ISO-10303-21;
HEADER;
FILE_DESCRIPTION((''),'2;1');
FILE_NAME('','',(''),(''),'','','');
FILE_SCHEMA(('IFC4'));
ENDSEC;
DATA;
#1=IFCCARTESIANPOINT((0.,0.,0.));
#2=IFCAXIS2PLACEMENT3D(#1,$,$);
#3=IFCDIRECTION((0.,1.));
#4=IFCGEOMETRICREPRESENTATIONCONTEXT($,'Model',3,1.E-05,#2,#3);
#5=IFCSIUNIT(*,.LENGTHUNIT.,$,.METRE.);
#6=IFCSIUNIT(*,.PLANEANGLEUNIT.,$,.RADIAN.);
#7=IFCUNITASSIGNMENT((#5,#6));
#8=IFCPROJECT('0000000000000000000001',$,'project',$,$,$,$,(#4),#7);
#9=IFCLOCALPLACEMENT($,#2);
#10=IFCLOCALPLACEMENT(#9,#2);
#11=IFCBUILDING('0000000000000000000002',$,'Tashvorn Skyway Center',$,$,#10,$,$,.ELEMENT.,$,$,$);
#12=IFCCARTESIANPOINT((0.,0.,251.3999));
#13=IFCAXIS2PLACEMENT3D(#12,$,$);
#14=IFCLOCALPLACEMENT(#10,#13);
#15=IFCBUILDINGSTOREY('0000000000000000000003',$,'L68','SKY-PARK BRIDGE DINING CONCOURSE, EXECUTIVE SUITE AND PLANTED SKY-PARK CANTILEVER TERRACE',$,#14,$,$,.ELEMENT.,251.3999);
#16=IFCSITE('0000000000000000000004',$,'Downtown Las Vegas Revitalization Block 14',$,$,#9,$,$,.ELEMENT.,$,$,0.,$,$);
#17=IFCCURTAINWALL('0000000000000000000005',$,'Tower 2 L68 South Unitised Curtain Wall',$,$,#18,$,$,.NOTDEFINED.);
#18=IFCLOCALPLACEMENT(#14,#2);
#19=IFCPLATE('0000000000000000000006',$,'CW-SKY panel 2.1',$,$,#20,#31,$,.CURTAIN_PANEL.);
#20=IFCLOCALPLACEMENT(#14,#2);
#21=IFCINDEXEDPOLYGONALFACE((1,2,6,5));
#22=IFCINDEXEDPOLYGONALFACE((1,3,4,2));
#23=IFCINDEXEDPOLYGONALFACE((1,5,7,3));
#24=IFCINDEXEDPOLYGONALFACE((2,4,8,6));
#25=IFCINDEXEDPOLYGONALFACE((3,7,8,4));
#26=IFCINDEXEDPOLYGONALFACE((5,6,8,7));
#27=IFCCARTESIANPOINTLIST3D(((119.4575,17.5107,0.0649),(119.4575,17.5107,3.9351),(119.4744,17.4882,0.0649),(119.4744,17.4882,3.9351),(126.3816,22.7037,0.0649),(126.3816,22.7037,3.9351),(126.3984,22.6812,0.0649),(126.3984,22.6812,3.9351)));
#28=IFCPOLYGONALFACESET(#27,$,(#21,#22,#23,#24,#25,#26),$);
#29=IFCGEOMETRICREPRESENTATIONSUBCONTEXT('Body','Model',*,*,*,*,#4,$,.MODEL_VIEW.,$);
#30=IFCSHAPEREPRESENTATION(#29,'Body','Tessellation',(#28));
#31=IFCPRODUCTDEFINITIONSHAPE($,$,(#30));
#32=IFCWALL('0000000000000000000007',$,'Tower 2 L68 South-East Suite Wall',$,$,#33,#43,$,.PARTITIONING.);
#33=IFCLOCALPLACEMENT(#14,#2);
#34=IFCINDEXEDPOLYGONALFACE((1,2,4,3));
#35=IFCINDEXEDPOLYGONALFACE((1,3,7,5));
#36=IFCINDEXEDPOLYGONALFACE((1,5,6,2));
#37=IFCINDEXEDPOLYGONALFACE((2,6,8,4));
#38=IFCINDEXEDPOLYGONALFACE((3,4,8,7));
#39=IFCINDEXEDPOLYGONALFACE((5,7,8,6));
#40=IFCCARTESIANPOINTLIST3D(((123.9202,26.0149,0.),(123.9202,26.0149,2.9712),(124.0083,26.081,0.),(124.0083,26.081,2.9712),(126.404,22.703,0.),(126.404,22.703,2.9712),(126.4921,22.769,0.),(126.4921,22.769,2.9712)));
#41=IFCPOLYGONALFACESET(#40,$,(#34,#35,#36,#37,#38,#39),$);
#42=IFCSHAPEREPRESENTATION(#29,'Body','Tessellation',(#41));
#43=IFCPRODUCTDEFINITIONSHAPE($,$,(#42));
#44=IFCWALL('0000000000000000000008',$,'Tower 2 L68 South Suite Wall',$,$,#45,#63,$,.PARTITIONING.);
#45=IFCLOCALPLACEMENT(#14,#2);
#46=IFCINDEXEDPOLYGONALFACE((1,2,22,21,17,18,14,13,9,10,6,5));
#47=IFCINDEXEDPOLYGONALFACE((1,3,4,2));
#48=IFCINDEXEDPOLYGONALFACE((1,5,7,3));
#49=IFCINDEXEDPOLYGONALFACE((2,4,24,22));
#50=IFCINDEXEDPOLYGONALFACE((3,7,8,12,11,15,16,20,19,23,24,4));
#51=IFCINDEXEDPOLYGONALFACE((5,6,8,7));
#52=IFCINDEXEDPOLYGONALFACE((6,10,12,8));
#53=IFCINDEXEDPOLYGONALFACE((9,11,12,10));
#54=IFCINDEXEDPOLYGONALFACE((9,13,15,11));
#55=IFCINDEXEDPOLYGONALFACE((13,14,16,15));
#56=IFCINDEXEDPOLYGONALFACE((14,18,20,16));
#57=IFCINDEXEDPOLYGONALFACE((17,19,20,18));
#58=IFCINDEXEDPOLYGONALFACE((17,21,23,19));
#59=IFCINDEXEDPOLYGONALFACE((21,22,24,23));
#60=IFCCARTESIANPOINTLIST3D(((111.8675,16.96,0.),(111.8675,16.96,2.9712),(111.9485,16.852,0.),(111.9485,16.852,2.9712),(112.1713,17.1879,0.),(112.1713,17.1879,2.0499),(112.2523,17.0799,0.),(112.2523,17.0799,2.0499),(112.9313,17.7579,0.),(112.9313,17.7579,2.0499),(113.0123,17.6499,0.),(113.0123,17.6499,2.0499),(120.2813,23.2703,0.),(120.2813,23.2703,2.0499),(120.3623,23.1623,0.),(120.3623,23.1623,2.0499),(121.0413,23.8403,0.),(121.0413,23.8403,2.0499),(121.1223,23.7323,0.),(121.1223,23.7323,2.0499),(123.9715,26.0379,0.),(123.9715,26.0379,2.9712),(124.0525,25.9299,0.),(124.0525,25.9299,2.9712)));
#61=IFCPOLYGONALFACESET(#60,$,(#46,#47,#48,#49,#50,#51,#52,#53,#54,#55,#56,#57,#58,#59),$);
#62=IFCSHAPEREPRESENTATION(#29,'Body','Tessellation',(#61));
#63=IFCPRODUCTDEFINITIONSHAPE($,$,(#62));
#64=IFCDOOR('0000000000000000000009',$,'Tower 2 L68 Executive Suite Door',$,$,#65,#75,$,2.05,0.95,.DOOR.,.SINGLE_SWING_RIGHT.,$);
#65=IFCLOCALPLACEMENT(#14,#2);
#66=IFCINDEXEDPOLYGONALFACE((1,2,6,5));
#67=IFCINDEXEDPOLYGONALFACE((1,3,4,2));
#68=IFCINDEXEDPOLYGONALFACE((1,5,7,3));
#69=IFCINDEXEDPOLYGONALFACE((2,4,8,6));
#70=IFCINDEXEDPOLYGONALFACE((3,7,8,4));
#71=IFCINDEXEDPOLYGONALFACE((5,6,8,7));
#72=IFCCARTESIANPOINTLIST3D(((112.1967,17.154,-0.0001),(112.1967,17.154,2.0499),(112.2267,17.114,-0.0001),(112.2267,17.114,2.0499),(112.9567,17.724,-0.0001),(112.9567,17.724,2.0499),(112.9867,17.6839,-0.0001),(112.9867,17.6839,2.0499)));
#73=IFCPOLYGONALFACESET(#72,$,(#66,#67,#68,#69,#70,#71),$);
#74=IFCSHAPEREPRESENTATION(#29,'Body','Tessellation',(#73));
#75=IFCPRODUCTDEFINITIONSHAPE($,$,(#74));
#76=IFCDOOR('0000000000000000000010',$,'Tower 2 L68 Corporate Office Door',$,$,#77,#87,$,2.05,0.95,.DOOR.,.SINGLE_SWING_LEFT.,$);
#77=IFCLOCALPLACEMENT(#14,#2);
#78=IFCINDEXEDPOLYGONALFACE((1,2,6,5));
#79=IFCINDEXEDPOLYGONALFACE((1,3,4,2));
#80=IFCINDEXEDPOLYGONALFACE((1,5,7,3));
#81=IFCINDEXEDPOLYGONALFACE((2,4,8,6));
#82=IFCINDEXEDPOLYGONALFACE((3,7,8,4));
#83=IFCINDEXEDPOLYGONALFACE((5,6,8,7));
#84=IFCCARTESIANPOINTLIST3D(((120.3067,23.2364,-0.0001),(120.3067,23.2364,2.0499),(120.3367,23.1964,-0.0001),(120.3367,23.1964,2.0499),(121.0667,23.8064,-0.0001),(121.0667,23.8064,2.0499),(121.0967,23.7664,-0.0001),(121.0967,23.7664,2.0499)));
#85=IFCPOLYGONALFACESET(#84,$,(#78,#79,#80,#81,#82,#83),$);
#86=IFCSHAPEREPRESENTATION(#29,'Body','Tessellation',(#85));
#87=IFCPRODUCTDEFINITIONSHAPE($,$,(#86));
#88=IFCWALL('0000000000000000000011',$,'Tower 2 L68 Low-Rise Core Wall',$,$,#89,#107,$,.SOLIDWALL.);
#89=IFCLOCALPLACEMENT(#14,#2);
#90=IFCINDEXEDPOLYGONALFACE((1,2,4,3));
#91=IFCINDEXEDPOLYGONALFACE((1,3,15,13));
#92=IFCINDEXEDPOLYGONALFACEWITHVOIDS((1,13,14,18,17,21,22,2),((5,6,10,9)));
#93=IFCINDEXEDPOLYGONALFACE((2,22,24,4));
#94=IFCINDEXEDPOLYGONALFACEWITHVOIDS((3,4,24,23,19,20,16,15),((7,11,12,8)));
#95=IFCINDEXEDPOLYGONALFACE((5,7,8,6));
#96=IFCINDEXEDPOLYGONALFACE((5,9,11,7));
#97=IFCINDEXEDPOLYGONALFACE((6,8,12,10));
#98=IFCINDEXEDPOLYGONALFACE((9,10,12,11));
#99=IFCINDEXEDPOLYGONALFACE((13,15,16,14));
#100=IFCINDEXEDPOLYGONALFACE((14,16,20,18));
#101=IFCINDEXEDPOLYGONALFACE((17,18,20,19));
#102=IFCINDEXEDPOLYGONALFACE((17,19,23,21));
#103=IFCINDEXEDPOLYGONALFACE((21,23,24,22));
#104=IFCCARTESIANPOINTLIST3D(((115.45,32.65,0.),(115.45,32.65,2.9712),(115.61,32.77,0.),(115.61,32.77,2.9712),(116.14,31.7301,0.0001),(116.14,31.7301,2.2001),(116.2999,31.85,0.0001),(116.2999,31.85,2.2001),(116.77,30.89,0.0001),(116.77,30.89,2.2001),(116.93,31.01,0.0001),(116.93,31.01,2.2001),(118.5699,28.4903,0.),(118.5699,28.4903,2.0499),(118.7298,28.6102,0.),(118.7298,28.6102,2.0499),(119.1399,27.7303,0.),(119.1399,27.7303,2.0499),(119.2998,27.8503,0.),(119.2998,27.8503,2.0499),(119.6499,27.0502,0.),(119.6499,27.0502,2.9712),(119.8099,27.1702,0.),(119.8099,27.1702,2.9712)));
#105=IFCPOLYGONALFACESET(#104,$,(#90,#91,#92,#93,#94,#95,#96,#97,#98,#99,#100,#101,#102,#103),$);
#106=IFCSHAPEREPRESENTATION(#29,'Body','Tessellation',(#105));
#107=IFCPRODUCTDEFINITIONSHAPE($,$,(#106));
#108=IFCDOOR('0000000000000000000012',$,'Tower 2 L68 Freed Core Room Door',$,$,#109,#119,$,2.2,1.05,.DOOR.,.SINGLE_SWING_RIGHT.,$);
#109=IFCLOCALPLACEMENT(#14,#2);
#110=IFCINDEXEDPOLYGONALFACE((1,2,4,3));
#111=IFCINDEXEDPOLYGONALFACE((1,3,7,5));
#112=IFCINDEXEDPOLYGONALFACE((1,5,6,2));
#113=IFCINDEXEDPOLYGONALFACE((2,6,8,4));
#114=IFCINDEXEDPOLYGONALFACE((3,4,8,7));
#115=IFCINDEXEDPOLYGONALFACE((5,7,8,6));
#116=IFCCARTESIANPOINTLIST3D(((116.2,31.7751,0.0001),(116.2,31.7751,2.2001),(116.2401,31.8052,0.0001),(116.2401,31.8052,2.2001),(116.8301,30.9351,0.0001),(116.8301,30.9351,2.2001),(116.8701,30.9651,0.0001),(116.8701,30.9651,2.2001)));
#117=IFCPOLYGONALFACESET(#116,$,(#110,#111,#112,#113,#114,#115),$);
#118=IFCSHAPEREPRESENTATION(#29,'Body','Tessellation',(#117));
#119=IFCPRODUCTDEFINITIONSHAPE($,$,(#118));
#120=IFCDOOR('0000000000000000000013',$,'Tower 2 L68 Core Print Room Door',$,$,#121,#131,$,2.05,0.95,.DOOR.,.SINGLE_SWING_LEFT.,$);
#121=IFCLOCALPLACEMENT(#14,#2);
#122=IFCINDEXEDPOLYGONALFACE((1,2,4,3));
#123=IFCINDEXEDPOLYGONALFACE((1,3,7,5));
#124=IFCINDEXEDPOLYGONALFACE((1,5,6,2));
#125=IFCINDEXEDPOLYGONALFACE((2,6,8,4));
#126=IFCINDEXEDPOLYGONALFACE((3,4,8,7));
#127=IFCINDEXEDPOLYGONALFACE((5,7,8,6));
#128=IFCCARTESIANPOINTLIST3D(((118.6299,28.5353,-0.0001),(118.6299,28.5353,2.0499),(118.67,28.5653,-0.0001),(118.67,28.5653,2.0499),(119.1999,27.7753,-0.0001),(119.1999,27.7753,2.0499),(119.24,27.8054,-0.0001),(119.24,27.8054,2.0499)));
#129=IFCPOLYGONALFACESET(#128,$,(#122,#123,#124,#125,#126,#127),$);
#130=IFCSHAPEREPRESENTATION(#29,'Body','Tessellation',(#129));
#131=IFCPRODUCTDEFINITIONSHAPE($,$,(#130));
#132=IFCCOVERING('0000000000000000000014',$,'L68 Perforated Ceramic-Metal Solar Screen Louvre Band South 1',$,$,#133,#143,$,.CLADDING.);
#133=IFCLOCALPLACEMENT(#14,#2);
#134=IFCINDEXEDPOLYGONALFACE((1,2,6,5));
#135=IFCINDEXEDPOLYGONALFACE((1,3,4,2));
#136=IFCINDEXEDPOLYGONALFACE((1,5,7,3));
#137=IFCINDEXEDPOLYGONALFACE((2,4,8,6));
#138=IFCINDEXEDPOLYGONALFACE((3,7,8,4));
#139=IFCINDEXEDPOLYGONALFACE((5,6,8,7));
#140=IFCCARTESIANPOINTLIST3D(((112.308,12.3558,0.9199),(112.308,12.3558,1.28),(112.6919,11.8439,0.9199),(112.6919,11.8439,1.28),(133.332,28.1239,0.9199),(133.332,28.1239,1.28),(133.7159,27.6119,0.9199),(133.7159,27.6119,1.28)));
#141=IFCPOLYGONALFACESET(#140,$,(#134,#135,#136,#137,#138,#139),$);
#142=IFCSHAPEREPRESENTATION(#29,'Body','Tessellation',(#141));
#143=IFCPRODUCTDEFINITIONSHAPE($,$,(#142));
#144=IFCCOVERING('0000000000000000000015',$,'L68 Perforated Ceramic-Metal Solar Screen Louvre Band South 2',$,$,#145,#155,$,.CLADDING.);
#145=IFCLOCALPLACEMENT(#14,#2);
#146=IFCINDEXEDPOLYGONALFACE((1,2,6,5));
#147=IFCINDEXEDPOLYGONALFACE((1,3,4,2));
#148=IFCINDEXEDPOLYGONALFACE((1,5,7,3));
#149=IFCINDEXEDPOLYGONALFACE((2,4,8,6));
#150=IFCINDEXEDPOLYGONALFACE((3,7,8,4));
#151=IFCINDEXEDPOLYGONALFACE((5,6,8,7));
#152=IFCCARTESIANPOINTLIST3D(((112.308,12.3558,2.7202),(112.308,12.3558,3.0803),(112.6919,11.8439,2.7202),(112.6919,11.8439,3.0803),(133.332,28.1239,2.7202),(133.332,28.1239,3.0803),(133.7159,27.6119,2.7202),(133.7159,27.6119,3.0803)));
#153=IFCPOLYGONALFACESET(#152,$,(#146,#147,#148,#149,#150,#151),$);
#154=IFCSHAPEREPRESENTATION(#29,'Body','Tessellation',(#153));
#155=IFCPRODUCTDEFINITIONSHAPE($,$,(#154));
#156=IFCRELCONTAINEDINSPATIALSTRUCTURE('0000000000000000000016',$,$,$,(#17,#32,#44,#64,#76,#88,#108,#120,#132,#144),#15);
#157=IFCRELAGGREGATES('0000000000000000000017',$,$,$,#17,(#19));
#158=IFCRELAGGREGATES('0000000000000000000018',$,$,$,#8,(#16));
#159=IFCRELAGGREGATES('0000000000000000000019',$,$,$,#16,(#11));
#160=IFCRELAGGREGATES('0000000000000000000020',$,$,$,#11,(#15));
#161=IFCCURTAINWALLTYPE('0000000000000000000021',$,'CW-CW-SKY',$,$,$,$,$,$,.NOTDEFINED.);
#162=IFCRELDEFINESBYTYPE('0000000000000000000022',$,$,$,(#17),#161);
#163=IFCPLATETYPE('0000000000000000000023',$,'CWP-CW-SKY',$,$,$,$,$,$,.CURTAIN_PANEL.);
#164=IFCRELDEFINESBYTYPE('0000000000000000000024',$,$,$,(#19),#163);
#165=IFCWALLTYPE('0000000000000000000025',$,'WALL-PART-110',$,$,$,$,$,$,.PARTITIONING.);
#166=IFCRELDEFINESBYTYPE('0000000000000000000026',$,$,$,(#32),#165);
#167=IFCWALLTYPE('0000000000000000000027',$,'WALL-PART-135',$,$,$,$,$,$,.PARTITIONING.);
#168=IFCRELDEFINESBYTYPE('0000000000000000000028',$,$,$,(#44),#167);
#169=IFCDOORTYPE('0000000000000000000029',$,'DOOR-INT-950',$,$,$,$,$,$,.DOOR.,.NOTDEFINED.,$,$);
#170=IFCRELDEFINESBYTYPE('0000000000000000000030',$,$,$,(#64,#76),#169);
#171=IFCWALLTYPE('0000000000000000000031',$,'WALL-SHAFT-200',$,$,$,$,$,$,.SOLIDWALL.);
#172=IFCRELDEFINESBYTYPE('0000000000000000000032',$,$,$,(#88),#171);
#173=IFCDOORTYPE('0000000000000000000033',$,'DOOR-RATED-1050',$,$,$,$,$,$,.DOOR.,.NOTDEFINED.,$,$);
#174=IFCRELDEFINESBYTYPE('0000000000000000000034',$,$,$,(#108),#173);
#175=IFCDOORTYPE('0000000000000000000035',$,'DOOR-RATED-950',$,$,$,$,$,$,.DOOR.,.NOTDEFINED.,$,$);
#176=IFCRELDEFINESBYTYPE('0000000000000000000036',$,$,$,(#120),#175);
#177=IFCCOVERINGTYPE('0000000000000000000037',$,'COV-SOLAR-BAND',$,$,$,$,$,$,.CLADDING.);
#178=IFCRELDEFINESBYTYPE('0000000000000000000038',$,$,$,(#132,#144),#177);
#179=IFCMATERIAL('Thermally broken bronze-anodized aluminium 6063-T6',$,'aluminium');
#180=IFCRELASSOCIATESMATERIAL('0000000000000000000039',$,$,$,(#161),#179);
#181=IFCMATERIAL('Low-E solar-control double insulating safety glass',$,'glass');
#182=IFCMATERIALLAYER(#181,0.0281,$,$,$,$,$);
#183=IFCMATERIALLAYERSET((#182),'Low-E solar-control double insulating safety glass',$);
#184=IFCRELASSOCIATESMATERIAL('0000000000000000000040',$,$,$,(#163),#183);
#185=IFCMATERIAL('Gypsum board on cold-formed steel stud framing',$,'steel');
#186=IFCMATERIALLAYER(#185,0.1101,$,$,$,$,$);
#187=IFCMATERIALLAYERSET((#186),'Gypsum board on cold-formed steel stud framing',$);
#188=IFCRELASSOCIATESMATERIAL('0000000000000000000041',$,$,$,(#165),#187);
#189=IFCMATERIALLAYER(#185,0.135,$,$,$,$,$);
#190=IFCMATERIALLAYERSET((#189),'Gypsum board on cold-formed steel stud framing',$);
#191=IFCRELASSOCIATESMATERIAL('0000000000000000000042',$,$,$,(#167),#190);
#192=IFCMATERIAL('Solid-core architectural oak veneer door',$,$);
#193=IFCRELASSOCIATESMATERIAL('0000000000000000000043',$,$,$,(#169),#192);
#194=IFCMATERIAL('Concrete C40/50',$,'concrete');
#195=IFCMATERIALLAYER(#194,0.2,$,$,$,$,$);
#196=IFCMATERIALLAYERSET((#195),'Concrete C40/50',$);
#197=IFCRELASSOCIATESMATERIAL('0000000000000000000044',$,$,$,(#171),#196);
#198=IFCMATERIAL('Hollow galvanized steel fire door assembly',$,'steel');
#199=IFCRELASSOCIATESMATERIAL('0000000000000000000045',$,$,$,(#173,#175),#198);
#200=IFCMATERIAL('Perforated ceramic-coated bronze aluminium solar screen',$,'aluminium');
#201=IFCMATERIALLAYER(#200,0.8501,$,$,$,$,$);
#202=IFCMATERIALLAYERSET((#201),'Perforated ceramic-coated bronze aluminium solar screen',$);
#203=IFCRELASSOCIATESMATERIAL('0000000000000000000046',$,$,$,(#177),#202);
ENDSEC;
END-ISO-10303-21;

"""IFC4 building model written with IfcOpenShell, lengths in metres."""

from ifc_helpers import new_model, si_unit, direction, frame, frame_2d, origin, origin_2d, place, context, subcontext, project, spatial, rectangle, extrude, material, layer, layer_set, type_object, element, fill, aggregate, save


model = new_model("IFC4")

# Units and contexts
model_context = context("Model", 3, precision=1e-05, world=origin(), true_north=direction((0.0, 1.0)))
body_context = subcontext(model_context, "Body", "Model", "MODEL_VIEW")
ifc_project = project(units=[si_unit("LENGTHUNIT", "METRE"), si_unit("PLANEANGLEUNIT", "RADIAN")], contexts=[model_context])

# Site, building, storey
site_placement = place(None, origin())
site = spatial("IfcSite", under=ifc_project, at=site_placement, Name="Downtown Las Vegas Revitalization Block 14", CompositionType="ELEMENT", RefElevation=0.0)
building_placement = place(site_placement, origin())
building = spatial("IfcBuilding", under=site, at=building_placement, Name="Tashvorn Skyway Center", CompositionType="ELEMENT")
storey_placement = place(building_placement, frame((0.0, 0.0, 251.3999)))
storey = spatial("IfcBuildingStorey", under=building, at=storey_placement, Name="L68", Description="SKY-PARK BRIDGE DINING CONCOURSE, EXECUTIVE SUITE AND PLANTED SKY-PARK CANTILEVER TERRACE", CompositionType="ELEMENT", Elevation=251.3999)

# Curtain wall, plate
ifc_material_1 = material(Name="Thermally broken bronze-anodized aluminium 6063-T6", Category="aluminium")
curtain_wall_type = type_object("IfcCurtainWallType", Name="CW-CW-SKY", PredefinedType="NOTDEFINED", material=ifc_material_1)
curtain_wall_placement = place(storey_placement, origin())
curtain_wall = element("IfcCurtainWall", 1, at=curtain_wall_placement, inside=storey, type_object=curtain_wall_type, Name="Tower 2 L68 South Unitised Curtain Wall", PredefinedType="NOTDEFINED")
ifc_material_2 = material(Name="Low-E solar-control double insulating safety glass", Category="glass")
ifc_layer_1 = layer(ifc_material_2, 0.0281)
ifc_layer_set_1 = layer_set([ifc_layer_1], Name="Low-E solar-control double insulating safety glass")
plate_type = type_object("IfcPlateType", Name="CWP-CW-SKY", PredefinedType="CURTAIN_PANEL", material=ifc_layer_set_1)
plate_1_placement = place(storey_placement, frame((122.928, 20.0959, 0.0649), z_axis=(0.0, 0.0, 1.0), x_axis=(-0.8, -0.6, 0.0)))
plate_1 = element("IfcPlate", 2, at=plate_1_placement, type_object=plate_type, Name="CW-SKY panel 2.1", PredefinedType="CURTAIN_PANEL", context=body_context, shape_type="SweptSolid", body=[
    extrude(rectangle(XDim=8.655, YDim=0.0281, at=origin_2d()), origin(), (0.0, 0.0, 1.0), 3.8701),
])
aggregate(curtain_wall, [plate_1])

# Wall
ifc_material_3 = material(Name="Gypsum board on cold-formed steel stud framing", Category="steel")
ifc_layer_2 = layer(ifc_material_3, 0.1101)
ifc_layer_set_2 = layer_set([ifc_layer_2], Name="Gypsum board on cold-formed steel stud framing")
wall_type_1 = type_object("IfcWallType", Name="WALL-PART-110", PredefinedType="PARTITIONING", material=ifc_layer_set_2)
wall_1_placement = place(storey_placement, frame((126.448, 22.7361, 0.0), z_axis=(0.0, 0.0, 1.0), x_axis=(-0.599981, 0.800014, 0.0)))
element("IfcWall", 3, at=wall_1_placement, inside=storey, type_object=wall_type_1, Name="Tower 2 L68 South-East Suite Wall", PredefinedType="PARTITIONING", context=body_context, shape_type="SweptSolid", body=[
    extrude(rectangle(XDim=4.1399, YDim=0.1101, at=frame_2d((2.0698, 0.0))), origin(), (0.0, 0.0, 1.0), 2.9712),
])

# Walls, openings, doors
ifc_layer_3 = layer(ifc_material_3, 0.135)
ifc_layer_set_3 = layer_set([ifc_layer_3], Name="Gypsum board on cold-formed steel stud framing")
wall_type_2 = type_object("IfcWallType", Name="WALL-PART-135", PredefinedType="PARTITIONING", material=ifc_layer_set_3)
wall_2_placement = place(storey_placement, frame((124.012, 25.9839, 0.0), z_axis=(0.0, 0.0, 1.0), x_axis=(-0.800004, -0.599995, 0.0)))
wall_2 = element("IfcWall", 4, at=wall_2_placement, inside=storey, type_object=wall_type_2, Name="Tower 2 L68 South Suite Wall", PredefinedType="PARTITIONING", context=body_context, shape_type="SweptSolid", body=[
    extrude(rectangle(XDim=15.1299, YDim=0.135, at=frame_2d((7.5649, 0.0))), origin(), (0.0, 0.0, 1.0), 2.9712),
])
opening_1_placement = place(wall_2_placement, frame((13.8, 0.0, 0.0)))
opening_1 = element("IfcOpeningElement", 5, at=opening_1_placement, cuts=wall_2, PredefinedType="OPENING", context=body_context, shape_type="SweptSolid", body=[
    extrude(rectangle(XDim=0.95, YDim=2.05, at=frame_2d((0.4751, 1.0249))), frame((0.0, 0.0774, 0.0), z_axis=(0.0, -1.0, 0.0), x_axis=(1.0, 0.0, 0.0)), (0.0, 0.0, 1.0), 0.155),
])
opening_2_placement = place(wall_2_placement, frame((3.6626, 0.0, 0.0)))
opening_2 = element("IfcOpeningElement", 6, at=opening_2_placement, cuts=wall_2, PredefinedType="OPENING", context=body_context, shape_type="SweptSolid", body=[
    extrude(rectangle(XDim=0.95, YDim=2.05, at=frame_2d((0.4751, 1.0249))), frame((0.0, 0.0774, 0.0), z_axis=(0.0, -1.0, 0.0), x_axis=(1.0, 0.0, 0.0)), (0.0, 0.0, 1.0), 0.155),
])
ifc_material_4 = material(Name="Solid-core architectural oak veneer door")
door_type_1 = type_object("IfcDoorType", Name="DOOR-INT-950", OperationType="NOTDEFINED", PredefinedType="DOOR", material=ifc_material_4)
door_1_placement = place(opening_1_placement, origin())
door_1 = element("IfcDoor", 7, at=door_1_placement, inside=storey, type_object=door_type_1, Name="Tower 2 L68 Executive Suite Door", OperationType="SINGLE_SWING_RIGHT", OverallHeight=2.05, OverallWidth=0.95, PredefinedType="DOOR", context=body_context, shape_type="SweptSolid", body=[
    extrude(rectangle(XDim=0.95, YDim=2.05, at=frame_2d((0.4751, 1.0249))), frame((0.0, 0.0249, 0.0), z_axis=(0.0, -1.0, 0.0), x_axis=(1.0, 0.0, 0.0)), (0.0, 0.0, 1.0), 0.05),
])
fill(opening_1, door_1)
door_2_placement = place(opening_2_placement, origin())
door_2 = element("IfcDoor", 8, at=door_2_placement, inside=storey, type_object=door_type_1, Name="Tower 2 L68 Corporate Office Door", OperationType="SINGLE_SWING_LEFT", OverallHeight=2.05, OverallWidth=0.95, PredefinedType="DOOR", context=body_context, shape_type="SweptSolid", body=[
    extrude(rectangle(XDim=0.95, YDim=2.05, at=frame_2d((0.4751, 1.0249))), frame((0.0, 0.0249, 0.0), z_axis=(0.0, -1.0, 0.0), x_axis=(1.0, 0.0, 0.0)), (0.0, 0.0, 1.0), 0.05),
])
fill(opening_2, door_2)
ifc_material_5 = material(Name="Concrete C40/50", Category="concrete")
ifc_layer_4 = layer(ifc_material_5, 0.2)
ifc_layer_set_4 = layer_set([ifc_layer_4], Name="Concrete C40/50")
wall_type_3 = type_object("IfcWallType", Name="WALL-SHAFT-200", PredefinedType="SOLIDWALL", material=ifc_layer_set_4)
wall_3_placement = place(storey_placement, frame((119.73, 27.1101, 0.0), z_axis=(0.0, 0.0, 1.0), x_axis=(-0.600006, 0.799996, 0.0)))
wall_3 = element("IfcWall", 9, at=wall_3_placement, inside=storey, type_object=wall_type_3, Name="Tower 2 L68 Low-Rise Core Wall", PredefinedType="SOLIDWALL", context=body_context, shape_type="SweptSolid", body=[
    extrude(rectangle(XDim=6.9998, YDim=0.2, at=frame_2d((3.5, 0.0))), origin(), (0.0, 0.0, 1.0), 2.9712),
])
opening_3_placement = place(wall_3_placement, frame((0.8501, 0.0, 0.0)))
opening_3 = element("IfcOpeningElement", 10, at=opening_3_placement, cuts=wall_3, PredefinedType="OPENING", context=body_context, shape_type="SweptSolid", body=[
    extrude(rectangle(XDim=0.95, YDim=2.05, at=frame_2d((0.4751, 1.0249))), frame((0.0, 0.1099, 0.0), z_axis=(0.0, -1.0, 0.0), x_axis=(1.0, 0.0, 0.0)), (0.0, 0.0, 1.0), 0.22),
])
opening_4_placement = place(wall_3_placement, frame((4.8, 0.0, 0.0)))
opening_4 = element("IfcOpeningElement", 11, at=opening_4_placement, cuts=wall_3, PredefinedType="OPENING", context=body_context, shape_type="SweptSolid", body=[
    extrude(rectangle(XDim=1.05, YDim=2.2, at=frame_2d((0.5249, 1.1001))), frame((0.0, 0.1099, 0.0), z_axis=(0.0, -1.0, 0.0), x_axis=(1.0, 0.0, 0.0)), (0.0, 0.0, 1.0), 0.22),
])
ifc_material_6 = material(Name="Hollow galvanized steel fire door assembly", Category="steel")
door_type_2 = type_object("IfcDoorType", Name="DOOR-RATED-1050", OperationType="NOTDEFINED", PredefinedType="DOOR", material=ifc_material_6)
door_3_placement = place(opening_4_placement, origin())
door_3 = element("IfcDoor", 12, at=door_3_placement, inside=storey, type_object=door_type_2, Name="Tower 2 L68 Freed Core Room Door", OperationType="SINGLE_SWING_RIGHT", OverallHeight=2.2, OverallWidth=1.05, PredefinedType="DOOR", context=body_context, shape_type="SweptSolid", body=[
    extrude(rectangle(XDim=1.05, YDim=2.2, at=frame_2d((0.5249, 1.1001))), frame((0.0, 0.0249, 0.0), z_axis=(0.0, -1.0, 0.0), x_axis=(1.0, 0.0, 0.0)), (0.0, 0.0, 1.0), 0.05),
])
fill(opening_4, door_3)
door_type_3 = type_object("IfcDoorType", Name="DOOR-RATED-950", OperationType="NOTDEFINED", PredefinedType="DOOR", material=ifc_material_6)
door_4_placement = place(opening_3_placement, origin())
door_4 = element("IfcDoor", 13, at=door_4_placement, inside=storey, type_object=door_type_3, Name="Tower 2 L68 Core Print Room Door", OperationType="SINGLE_SWING_LEFT", OverallHeight=2.05, OverallWidth=0.95, PredefinedType="DOOR", context=body_context, shape_type="SweptSolid", body=[
    extrude(rectangle(XDim=0.95, YDim=2.05, at=frame_2d((0.4751, 1.0249))), frame((0.0, 0.0249, 0.0), z_axis=(0.0, -1.0, 0.0), x_axis=(1.0, 0.0, 0.0)), (0.0, 0.0, 1.0), 0.05),
])
fill(opening_3, door_4)

# Coverings
ifc_material_7 = material(Name="Perforated ceramic-coated bronze aluminium solar screen", Category="aluminium")
ifc_layer_5 = layer(ifc_material_7, 0.8501)
ifc_layer_set_5 = layer_set([ifc_layer_5], Name="Perforated ceramic-coated bronze aluminium solar screen")
covering_type = type_object("IfcCoveringType", Name="COV-SOLAR-BAND", PredefinedType="CLADDING", material=ifc_layer_set_5)
for number, where, z_axis, x_axis, name in (
    (14, (123.012, 19.9839, 0.9199), (0.0, 0.0, 1.0), (-0.8, -0.6, 0.0), "L68 Perforated Ceramic-Metal Solar Screen Louvre Band South 1"),
    (15, (123.012, 19.9839, 2.7202), (0.0, 0.0, 1.0), (-0.8, -0.6, 0.0), "L68 Perforated Ceramic-Metal Solar Screen Louvre Band South 2"),
):
    element("IfcCovering", number, at=place(storey_placement, frame(where, z_axis=z_axis, x_axis=x_axis)), inside=storey, type_object=covering_type, Name=name, PredefinedType="CLADDING", context=body_context, shape_type="SweptSolid", body=[
        extrude(rectangle(XDim=26.28, YDim=0.6399, at=origin_2d()), origin(), (0.0, 0.0, 1.0), 0.3601),
    ])

save(model, "model.ifc")
